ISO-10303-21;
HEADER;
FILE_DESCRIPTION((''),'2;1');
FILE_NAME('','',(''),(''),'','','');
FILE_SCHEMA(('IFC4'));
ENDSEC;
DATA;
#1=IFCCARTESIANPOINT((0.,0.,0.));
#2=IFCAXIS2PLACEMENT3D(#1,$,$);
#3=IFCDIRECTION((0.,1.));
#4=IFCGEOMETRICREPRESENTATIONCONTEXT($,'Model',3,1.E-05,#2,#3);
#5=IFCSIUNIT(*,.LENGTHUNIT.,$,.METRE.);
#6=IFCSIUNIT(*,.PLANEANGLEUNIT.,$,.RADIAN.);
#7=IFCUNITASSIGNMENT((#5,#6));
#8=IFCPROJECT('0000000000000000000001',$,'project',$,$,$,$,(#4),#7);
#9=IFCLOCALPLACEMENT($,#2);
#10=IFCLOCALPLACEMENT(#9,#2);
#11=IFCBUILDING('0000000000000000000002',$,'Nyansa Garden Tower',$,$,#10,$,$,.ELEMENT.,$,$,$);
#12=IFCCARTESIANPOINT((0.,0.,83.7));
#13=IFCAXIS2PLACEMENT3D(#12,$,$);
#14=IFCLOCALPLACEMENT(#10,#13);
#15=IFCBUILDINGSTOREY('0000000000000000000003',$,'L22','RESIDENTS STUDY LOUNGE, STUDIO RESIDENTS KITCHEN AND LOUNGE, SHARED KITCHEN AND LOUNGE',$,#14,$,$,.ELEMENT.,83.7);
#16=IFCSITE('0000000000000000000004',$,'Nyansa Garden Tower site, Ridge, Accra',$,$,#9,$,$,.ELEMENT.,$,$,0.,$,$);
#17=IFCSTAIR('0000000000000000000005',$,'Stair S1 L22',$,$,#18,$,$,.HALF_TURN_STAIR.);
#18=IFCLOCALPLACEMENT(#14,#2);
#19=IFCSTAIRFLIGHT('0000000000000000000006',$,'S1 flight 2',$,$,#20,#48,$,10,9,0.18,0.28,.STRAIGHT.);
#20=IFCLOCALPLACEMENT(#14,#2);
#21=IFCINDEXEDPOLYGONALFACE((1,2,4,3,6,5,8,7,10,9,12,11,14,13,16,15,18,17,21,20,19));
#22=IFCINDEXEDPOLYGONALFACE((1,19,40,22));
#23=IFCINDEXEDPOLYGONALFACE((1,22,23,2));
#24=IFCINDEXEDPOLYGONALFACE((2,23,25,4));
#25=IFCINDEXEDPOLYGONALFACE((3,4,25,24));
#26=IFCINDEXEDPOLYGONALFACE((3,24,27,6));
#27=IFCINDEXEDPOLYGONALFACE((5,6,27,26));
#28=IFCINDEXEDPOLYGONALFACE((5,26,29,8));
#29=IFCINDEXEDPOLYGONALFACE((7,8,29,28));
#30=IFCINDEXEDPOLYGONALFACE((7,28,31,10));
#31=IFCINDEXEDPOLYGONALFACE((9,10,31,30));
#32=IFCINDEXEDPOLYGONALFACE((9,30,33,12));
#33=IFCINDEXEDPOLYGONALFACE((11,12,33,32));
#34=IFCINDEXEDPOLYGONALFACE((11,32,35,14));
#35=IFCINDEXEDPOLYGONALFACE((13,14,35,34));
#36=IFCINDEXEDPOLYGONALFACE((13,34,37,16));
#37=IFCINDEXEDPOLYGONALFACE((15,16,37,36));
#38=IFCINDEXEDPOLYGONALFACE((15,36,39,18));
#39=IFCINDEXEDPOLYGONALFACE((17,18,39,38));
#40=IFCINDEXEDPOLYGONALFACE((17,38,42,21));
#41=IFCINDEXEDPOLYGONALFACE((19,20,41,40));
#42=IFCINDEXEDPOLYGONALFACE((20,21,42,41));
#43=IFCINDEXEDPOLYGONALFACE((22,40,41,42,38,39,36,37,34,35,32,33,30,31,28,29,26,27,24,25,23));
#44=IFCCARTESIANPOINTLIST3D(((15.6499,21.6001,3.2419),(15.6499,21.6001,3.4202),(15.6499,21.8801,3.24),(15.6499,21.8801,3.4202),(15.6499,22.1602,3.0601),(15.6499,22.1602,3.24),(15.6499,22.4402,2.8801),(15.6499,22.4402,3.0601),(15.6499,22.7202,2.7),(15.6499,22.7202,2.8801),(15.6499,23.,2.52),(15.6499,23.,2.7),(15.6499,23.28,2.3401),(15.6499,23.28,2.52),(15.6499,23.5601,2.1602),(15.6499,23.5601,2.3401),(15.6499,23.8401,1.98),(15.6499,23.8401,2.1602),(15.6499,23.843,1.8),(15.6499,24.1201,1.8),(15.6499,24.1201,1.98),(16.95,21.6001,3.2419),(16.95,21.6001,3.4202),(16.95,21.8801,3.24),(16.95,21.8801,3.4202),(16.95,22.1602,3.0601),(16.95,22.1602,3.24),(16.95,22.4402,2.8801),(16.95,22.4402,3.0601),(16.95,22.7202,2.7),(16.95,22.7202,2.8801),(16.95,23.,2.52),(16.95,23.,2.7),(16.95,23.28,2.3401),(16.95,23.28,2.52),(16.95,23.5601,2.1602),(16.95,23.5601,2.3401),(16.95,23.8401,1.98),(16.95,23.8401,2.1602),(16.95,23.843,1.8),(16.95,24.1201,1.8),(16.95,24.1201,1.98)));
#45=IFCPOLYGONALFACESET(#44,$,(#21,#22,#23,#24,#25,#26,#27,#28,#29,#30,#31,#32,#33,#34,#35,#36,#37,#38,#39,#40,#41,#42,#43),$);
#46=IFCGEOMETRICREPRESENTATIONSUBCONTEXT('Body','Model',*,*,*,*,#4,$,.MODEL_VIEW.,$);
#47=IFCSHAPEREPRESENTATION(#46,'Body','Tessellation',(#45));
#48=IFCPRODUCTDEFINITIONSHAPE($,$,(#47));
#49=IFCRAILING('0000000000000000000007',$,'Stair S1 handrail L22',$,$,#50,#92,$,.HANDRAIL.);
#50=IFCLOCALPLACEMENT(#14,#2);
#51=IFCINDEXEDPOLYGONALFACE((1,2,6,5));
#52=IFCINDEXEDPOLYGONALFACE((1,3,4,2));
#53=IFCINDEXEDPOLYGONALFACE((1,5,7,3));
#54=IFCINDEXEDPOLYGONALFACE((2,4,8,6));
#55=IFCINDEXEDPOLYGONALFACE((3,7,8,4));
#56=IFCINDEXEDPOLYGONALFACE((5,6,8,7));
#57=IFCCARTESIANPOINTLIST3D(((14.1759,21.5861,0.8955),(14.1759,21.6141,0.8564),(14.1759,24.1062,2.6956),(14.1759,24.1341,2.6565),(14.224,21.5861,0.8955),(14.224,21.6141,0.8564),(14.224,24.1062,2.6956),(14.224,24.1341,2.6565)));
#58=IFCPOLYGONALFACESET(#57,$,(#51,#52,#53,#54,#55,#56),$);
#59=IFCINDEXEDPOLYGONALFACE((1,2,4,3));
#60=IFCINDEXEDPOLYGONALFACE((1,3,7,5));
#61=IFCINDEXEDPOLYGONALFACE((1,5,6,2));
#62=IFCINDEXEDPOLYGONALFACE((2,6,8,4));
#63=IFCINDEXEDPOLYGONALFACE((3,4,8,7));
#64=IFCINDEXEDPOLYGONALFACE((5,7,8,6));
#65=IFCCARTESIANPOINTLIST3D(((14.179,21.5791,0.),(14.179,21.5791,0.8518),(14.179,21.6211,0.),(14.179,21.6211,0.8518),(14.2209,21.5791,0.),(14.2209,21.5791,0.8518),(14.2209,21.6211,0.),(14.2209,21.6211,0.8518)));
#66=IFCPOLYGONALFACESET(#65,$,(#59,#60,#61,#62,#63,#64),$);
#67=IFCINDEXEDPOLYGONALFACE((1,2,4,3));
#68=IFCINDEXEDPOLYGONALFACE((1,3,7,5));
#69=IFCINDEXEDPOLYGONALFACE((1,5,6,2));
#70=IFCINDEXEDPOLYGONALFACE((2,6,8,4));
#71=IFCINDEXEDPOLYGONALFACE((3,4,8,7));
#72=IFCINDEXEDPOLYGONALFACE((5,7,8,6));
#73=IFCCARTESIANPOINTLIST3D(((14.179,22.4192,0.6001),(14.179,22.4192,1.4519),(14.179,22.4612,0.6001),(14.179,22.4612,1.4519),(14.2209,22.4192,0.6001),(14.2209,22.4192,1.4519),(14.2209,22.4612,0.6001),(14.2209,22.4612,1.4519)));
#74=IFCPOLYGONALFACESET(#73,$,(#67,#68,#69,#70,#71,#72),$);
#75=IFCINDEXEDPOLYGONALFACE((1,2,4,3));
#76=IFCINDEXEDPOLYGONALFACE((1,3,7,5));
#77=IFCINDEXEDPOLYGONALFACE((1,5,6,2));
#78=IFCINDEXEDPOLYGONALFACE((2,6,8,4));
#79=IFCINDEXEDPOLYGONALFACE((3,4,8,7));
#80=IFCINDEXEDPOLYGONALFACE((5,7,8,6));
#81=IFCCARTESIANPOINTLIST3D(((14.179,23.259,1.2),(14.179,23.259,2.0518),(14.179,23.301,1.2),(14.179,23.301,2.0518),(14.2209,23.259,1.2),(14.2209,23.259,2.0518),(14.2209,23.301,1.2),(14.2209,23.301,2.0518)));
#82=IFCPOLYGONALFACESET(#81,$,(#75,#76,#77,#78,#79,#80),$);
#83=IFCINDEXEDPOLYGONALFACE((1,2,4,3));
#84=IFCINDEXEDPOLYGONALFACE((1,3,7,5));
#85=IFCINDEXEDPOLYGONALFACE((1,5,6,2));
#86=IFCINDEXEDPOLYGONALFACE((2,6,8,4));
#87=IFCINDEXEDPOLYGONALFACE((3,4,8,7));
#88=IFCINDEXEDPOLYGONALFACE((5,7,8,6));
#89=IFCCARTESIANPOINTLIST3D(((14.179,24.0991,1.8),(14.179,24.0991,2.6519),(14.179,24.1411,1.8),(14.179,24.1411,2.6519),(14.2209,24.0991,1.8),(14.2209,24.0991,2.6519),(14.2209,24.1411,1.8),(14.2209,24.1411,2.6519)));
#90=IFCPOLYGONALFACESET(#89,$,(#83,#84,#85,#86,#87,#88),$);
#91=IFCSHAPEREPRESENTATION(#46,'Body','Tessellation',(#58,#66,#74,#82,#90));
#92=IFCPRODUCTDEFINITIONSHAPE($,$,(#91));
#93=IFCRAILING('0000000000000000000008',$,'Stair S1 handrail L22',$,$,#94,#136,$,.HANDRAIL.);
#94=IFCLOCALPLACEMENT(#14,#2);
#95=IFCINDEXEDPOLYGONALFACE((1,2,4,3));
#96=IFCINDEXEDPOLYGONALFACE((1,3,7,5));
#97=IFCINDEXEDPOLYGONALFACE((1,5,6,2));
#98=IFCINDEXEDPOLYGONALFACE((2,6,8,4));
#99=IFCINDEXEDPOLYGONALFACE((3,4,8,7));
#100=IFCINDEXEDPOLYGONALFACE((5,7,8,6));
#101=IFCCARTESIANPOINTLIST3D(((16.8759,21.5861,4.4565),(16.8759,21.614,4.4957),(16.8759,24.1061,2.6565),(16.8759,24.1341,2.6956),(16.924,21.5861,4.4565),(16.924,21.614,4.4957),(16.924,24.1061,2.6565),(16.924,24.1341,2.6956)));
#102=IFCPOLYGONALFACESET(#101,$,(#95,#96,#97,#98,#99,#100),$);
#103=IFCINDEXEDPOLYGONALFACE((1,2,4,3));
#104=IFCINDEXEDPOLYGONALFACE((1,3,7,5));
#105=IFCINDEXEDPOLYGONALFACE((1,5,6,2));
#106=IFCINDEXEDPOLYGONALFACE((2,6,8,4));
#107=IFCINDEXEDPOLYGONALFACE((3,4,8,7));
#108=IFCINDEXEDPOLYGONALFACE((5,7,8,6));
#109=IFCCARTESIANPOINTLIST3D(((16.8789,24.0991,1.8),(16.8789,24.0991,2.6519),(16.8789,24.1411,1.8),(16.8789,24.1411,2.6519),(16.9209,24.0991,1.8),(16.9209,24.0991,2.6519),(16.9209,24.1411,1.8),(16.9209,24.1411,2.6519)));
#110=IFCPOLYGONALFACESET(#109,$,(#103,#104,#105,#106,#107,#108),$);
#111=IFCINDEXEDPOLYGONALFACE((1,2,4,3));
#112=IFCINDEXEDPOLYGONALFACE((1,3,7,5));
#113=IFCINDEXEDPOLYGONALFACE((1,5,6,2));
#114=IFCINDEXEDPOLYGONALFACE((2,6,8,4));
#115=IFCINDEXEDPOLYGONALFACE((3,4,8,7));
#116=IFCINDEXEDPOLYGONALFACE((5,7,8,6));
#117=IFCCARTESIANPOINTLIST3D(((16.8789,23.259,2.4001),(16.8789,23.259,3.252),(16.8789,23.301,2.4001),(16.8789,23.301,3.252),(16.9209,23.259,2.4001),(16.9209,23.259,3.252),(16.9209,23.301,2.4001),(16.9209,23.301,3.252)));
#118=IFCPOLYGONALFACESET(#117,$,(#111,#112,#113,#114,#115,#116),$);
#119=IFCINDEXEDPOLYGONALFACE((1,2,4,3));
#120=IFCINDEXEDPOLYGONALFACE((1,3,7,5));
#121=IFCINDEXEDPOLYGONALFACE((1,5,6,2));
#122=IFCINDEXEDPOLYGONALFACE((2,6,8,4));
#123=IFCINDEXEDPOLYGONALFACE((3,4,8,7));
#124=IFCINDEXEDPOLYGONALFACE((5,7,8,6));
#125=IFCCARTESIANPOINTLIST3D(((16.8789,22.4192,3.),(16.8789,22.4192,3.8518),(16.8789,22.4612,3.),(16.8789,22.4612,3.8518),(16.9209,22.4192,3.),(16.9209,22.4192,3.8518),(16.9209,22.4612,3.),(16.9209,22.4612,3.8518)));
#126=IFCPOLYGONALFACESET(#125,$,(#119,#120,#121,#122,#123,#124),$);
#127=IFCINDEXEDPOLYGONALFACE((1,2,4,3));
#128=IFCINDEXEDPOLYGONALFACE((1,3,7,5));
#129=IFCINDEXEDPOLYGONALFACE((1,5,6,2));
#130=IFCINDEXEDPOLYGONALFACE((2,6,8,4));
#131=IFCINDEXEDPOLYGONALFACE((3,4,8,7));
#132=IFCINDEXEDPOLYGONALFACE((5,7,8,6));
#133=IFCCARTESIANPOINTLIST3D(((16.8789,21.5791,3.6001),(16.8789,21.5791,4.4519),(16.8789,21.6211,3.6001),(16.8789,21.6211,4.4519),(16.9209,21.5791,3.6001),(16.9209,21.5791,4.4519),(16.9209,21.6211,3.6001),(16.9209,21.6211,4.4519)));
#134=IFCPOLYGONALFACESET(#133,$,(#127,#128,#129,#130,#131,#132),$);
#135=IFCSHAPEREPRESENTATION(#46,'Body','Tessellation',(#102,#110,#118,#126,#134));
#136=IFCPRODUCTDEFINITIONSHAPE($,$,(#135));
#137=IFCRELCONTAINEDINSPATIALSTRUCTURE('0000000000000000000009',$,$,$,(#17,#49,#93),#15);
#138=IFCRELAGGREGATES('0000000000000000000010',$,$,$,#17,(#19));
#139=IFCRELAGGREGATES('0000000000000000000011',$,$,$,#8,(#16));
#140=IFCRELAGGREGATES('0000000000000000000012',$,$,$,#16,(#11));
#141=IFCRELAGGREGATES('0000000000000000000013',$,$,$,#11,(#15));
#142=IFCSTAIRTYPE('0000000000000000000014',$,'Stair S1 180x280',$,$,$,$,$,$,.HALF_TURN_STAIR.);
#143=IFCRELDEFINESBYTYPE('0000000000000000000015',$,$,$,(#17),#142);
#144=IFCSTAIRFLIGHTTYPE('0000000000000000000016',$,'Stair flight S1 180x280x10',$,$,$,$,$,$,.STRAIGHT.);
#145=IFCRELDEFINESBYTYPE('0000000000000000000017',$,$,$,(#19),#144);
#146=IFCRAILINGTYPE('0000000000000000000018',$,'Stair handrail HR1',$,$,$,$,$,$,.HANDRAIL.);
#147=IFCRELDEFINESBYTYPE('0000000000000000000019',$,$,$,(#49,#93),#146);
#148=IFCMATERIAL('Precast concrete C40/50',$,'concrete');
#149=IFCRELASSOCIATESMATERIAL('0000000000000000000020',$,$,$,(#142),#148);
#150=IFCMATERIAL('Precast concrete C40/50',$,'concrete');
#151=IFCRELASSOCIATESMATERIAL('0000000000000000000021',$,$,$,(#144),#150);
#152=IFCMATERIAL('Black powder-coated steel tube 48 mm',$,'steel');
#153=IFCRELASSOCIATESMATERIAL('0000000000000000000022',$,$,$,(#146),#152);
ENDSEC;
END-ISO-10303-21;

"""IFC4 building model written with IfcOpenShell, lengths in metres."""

from ifc_helpers import new_model, si_unit, direction, frame, origin, origin_2d, place, context, subcontext, project, spatial, polyline, rectangle, outline, extrude, material, type_object, element, aggregate, save


model = new_model("IFC4")

# Units and contexts
model_context = context("Model", 3, precision=1e-05, world=origin(), true_north=direction((0.0, 1.0)))
body_context = subcontext(model_context, "Body", "Model", "MODEL_VIEW")
ifc_project = project(units=[si_unit("LENGTHUNIT", "METRE"), si_unit("PLANEANGLEUNIT", "RADIAN")], contexts=[model_context])

# Site, building, storey
site_placement = place(None, origin())
site = spatial("IfcSite", under=ifc_project, at=site_placement, Name="Nyansa Garden Tower site, Ridge, Accra", CompositionType="ELEMENT", RefElevation=0.0)
building_placement = place(site_placement, origin())
building = spatial("IfcBuilding", under=site, at=building_placement, Name="Nyansa Garden Tower", CompositionType="ELEMENT")
storey_placement = place(building_placement, frame((0.0, 0.0, 83.7)))
storey = spatial("IfcBuildingStorey", under=building, at=storey_placement, Name="L22", Description="RESIDENTS STUDY LOUNGE, STUDIO RESIDENTS KITCHEN AND LOUNGE, SHARED KITCHEN AND LOUNGE", CompositionType="ELEMENT", Elevation=83.7)

# Stair, stair flight
ifc_material_1 = material(Name="Precast concrete C40/50", Category="concrete")
stair_type = type_object("IfcStairType", Name="Stair S1 180x280", PredefinedType="HALF_TURN_STAIR", material=ifc_material_1)
stair_placement = place(storey_placement, origin())
stair = element("IfcStair", 1, at=stair_placement, inside=storey, type_object=stair_type, Name="Stair S1 L22", PredefinedType="HALF_TURN_STAIR")
ifc_material_2 = material(Name="Precast concrete C40/50", Category="concrete")
stair_flight_type = type_object("IfcStairFlightType", Name="Stair flight S1 180x280x10", PredefinedType="STRAIGHT", material=ifc_material_2)
stair_flight_1_placement = place(storey_placement, frame((16.3, 24.1201, 1.8), z_axis=(0.0, 0.0, 1.0), x_axis=(0.0, -1.0, 0.0)))
stair_flight_1 = element("IfcStairFlight", 2, at=stair_flight_1_placement, type_object=stair_flight_type, Name="S1 flight 2", NumberOfRisers=10, NumberOfTreads=9, PredefinedType="STRAIGHT", RiserHeight=0.18, TreadLength=0.28, context=body_context, shape_type="SweptSolid", body=[
    extrude(outline(polyline([(0.0, 0.0), (0.0, 0.1799), (0.28, 0.1799), (0.28, 0.3601), (0.5601, 0.3601), (0.5601, 0.54), (0.8401, 0.54), (0.8401, 0.72), (1.1201, 0.72), (1.1201, 0.8999), (1.3999, 0.8999), (1.3999, 1.0801), (1.6799, 1.0801), (1.6799, 1.26), (1.96, 1.26), (1.96, 1.4399), (2.24, 1.4399), (2.24, 1.6201), (2.52, 1.6201), (2.52, 1.8), (2.52, 1.4419), (0.2771, 0.0), (0.0, 0.0)])), frame((0.0, 0.6499, 0.0), z_axis=(0.0, -1.0, 0.0), x_axis=(1.0, 0.0, 0.0)), (0.0, 0.0, 1.0), 1.3),
])
aggregate(stair, [stair_flight_1])

# Railings
ifc_material_3 = material(Name="Black powder-coated steel tube 48 mm", Category="steel")
railing_type = type_object("IfcRailingType", Name="Stair handrail HR1", PredefinedType="HANDRAIL", material=ifc_material_3)
railing_1_placement = place(storey_placement, frame((14.2, 21.6001, 0.0)))
element("IfcRailing", 3, at=railing_1_placement, inside=storey, type_object=railing_type, Name="Stair S1 handrail L22", PredefinedType="HANDRAIL", context=body_context, shape_type="SweptSolid", body=[
    extrude(rectangle(XDim=0.0481, YDim=0.0481, at=origin_2d()), frame((0.0, 0.0, 0.876), z_axis=(0.0, 0.813728, 0.581246), x_axis=(-1.0, 0.0, 0.0)), (0.0, 0.0, 1.0), 3.0969),
    extrude(rectangle(XDim=0.042, YDim=0.042, at=origin_2d()), origin(), (0.0, 0.0, 1.0), 0.8518),
    extrude(rectangle(XDim=0.042, YDim=0.042, at=origin_2d()), frame((0.0, 0.8401, 0.6001)), (0.0, 0.0, 1.0), 0.8518),
    extrude(rectangle(XDim=0.042, YDim=0.042, at=origin_2d()), frame((0.0, 1.6799, 1.2)), (0.0, 0.0, 1.0), 0.8518),
    extrude(rectangle(XDim=0.042, YDim=0.042, at=origin_2d()), frame((0.0, 2.52, 1.8)), (0.0, 0.0, 1.0), 0.8518),
])
railing_2_placement = place(storey_placement, frame((16.8999, 24.1201, 1.8)))
element("IfcRailing", 4, at=railing_2_placement, inside=storey, type_object=railing_type, Name="Stair S1 handrail L22", PredefinedType="HANDRAIL", context=body_context, shape_type="SweptSolid", body=[
    extrude(rectangle(XDim=0.0481, YDim=0.0481, at=origin_2d()), frame((0.0, 0.0, 0.876), z_axis=(0.0, -0.813728, 0.581246), x_axis=(1.0, 0.0, 0.0)), (0.0, 0.0, 1.0), 3.0969),
    extrude(rectangle(XDim=0.042, YDim=0.042, at=origin_2d()), origin(), (0.0, 0.0, 1.0), 0.8518),
    extrude(rectangle(XDim=0.042, YDim=0.042, at=origin_2d()), frame((0.0, -0.8401, 0.6001)), (0.0, 0.0, 1.0), 0.8518),
    extrude(rectangle(XDim=0.042, YDim=0.042, at=origin_2d()), frame((0.0, -1.6799, 1.2)), (0.0, 0.0, 1.0), 0.8518),
    extrude(rectangle(XDim=0.042, YDim=0.042, at=origin_2d()), frame((0.0, -2.52, 1.8)), (0.0, 0.0, 1.0), 0.8518),
])

save(model, "model.ifc")
